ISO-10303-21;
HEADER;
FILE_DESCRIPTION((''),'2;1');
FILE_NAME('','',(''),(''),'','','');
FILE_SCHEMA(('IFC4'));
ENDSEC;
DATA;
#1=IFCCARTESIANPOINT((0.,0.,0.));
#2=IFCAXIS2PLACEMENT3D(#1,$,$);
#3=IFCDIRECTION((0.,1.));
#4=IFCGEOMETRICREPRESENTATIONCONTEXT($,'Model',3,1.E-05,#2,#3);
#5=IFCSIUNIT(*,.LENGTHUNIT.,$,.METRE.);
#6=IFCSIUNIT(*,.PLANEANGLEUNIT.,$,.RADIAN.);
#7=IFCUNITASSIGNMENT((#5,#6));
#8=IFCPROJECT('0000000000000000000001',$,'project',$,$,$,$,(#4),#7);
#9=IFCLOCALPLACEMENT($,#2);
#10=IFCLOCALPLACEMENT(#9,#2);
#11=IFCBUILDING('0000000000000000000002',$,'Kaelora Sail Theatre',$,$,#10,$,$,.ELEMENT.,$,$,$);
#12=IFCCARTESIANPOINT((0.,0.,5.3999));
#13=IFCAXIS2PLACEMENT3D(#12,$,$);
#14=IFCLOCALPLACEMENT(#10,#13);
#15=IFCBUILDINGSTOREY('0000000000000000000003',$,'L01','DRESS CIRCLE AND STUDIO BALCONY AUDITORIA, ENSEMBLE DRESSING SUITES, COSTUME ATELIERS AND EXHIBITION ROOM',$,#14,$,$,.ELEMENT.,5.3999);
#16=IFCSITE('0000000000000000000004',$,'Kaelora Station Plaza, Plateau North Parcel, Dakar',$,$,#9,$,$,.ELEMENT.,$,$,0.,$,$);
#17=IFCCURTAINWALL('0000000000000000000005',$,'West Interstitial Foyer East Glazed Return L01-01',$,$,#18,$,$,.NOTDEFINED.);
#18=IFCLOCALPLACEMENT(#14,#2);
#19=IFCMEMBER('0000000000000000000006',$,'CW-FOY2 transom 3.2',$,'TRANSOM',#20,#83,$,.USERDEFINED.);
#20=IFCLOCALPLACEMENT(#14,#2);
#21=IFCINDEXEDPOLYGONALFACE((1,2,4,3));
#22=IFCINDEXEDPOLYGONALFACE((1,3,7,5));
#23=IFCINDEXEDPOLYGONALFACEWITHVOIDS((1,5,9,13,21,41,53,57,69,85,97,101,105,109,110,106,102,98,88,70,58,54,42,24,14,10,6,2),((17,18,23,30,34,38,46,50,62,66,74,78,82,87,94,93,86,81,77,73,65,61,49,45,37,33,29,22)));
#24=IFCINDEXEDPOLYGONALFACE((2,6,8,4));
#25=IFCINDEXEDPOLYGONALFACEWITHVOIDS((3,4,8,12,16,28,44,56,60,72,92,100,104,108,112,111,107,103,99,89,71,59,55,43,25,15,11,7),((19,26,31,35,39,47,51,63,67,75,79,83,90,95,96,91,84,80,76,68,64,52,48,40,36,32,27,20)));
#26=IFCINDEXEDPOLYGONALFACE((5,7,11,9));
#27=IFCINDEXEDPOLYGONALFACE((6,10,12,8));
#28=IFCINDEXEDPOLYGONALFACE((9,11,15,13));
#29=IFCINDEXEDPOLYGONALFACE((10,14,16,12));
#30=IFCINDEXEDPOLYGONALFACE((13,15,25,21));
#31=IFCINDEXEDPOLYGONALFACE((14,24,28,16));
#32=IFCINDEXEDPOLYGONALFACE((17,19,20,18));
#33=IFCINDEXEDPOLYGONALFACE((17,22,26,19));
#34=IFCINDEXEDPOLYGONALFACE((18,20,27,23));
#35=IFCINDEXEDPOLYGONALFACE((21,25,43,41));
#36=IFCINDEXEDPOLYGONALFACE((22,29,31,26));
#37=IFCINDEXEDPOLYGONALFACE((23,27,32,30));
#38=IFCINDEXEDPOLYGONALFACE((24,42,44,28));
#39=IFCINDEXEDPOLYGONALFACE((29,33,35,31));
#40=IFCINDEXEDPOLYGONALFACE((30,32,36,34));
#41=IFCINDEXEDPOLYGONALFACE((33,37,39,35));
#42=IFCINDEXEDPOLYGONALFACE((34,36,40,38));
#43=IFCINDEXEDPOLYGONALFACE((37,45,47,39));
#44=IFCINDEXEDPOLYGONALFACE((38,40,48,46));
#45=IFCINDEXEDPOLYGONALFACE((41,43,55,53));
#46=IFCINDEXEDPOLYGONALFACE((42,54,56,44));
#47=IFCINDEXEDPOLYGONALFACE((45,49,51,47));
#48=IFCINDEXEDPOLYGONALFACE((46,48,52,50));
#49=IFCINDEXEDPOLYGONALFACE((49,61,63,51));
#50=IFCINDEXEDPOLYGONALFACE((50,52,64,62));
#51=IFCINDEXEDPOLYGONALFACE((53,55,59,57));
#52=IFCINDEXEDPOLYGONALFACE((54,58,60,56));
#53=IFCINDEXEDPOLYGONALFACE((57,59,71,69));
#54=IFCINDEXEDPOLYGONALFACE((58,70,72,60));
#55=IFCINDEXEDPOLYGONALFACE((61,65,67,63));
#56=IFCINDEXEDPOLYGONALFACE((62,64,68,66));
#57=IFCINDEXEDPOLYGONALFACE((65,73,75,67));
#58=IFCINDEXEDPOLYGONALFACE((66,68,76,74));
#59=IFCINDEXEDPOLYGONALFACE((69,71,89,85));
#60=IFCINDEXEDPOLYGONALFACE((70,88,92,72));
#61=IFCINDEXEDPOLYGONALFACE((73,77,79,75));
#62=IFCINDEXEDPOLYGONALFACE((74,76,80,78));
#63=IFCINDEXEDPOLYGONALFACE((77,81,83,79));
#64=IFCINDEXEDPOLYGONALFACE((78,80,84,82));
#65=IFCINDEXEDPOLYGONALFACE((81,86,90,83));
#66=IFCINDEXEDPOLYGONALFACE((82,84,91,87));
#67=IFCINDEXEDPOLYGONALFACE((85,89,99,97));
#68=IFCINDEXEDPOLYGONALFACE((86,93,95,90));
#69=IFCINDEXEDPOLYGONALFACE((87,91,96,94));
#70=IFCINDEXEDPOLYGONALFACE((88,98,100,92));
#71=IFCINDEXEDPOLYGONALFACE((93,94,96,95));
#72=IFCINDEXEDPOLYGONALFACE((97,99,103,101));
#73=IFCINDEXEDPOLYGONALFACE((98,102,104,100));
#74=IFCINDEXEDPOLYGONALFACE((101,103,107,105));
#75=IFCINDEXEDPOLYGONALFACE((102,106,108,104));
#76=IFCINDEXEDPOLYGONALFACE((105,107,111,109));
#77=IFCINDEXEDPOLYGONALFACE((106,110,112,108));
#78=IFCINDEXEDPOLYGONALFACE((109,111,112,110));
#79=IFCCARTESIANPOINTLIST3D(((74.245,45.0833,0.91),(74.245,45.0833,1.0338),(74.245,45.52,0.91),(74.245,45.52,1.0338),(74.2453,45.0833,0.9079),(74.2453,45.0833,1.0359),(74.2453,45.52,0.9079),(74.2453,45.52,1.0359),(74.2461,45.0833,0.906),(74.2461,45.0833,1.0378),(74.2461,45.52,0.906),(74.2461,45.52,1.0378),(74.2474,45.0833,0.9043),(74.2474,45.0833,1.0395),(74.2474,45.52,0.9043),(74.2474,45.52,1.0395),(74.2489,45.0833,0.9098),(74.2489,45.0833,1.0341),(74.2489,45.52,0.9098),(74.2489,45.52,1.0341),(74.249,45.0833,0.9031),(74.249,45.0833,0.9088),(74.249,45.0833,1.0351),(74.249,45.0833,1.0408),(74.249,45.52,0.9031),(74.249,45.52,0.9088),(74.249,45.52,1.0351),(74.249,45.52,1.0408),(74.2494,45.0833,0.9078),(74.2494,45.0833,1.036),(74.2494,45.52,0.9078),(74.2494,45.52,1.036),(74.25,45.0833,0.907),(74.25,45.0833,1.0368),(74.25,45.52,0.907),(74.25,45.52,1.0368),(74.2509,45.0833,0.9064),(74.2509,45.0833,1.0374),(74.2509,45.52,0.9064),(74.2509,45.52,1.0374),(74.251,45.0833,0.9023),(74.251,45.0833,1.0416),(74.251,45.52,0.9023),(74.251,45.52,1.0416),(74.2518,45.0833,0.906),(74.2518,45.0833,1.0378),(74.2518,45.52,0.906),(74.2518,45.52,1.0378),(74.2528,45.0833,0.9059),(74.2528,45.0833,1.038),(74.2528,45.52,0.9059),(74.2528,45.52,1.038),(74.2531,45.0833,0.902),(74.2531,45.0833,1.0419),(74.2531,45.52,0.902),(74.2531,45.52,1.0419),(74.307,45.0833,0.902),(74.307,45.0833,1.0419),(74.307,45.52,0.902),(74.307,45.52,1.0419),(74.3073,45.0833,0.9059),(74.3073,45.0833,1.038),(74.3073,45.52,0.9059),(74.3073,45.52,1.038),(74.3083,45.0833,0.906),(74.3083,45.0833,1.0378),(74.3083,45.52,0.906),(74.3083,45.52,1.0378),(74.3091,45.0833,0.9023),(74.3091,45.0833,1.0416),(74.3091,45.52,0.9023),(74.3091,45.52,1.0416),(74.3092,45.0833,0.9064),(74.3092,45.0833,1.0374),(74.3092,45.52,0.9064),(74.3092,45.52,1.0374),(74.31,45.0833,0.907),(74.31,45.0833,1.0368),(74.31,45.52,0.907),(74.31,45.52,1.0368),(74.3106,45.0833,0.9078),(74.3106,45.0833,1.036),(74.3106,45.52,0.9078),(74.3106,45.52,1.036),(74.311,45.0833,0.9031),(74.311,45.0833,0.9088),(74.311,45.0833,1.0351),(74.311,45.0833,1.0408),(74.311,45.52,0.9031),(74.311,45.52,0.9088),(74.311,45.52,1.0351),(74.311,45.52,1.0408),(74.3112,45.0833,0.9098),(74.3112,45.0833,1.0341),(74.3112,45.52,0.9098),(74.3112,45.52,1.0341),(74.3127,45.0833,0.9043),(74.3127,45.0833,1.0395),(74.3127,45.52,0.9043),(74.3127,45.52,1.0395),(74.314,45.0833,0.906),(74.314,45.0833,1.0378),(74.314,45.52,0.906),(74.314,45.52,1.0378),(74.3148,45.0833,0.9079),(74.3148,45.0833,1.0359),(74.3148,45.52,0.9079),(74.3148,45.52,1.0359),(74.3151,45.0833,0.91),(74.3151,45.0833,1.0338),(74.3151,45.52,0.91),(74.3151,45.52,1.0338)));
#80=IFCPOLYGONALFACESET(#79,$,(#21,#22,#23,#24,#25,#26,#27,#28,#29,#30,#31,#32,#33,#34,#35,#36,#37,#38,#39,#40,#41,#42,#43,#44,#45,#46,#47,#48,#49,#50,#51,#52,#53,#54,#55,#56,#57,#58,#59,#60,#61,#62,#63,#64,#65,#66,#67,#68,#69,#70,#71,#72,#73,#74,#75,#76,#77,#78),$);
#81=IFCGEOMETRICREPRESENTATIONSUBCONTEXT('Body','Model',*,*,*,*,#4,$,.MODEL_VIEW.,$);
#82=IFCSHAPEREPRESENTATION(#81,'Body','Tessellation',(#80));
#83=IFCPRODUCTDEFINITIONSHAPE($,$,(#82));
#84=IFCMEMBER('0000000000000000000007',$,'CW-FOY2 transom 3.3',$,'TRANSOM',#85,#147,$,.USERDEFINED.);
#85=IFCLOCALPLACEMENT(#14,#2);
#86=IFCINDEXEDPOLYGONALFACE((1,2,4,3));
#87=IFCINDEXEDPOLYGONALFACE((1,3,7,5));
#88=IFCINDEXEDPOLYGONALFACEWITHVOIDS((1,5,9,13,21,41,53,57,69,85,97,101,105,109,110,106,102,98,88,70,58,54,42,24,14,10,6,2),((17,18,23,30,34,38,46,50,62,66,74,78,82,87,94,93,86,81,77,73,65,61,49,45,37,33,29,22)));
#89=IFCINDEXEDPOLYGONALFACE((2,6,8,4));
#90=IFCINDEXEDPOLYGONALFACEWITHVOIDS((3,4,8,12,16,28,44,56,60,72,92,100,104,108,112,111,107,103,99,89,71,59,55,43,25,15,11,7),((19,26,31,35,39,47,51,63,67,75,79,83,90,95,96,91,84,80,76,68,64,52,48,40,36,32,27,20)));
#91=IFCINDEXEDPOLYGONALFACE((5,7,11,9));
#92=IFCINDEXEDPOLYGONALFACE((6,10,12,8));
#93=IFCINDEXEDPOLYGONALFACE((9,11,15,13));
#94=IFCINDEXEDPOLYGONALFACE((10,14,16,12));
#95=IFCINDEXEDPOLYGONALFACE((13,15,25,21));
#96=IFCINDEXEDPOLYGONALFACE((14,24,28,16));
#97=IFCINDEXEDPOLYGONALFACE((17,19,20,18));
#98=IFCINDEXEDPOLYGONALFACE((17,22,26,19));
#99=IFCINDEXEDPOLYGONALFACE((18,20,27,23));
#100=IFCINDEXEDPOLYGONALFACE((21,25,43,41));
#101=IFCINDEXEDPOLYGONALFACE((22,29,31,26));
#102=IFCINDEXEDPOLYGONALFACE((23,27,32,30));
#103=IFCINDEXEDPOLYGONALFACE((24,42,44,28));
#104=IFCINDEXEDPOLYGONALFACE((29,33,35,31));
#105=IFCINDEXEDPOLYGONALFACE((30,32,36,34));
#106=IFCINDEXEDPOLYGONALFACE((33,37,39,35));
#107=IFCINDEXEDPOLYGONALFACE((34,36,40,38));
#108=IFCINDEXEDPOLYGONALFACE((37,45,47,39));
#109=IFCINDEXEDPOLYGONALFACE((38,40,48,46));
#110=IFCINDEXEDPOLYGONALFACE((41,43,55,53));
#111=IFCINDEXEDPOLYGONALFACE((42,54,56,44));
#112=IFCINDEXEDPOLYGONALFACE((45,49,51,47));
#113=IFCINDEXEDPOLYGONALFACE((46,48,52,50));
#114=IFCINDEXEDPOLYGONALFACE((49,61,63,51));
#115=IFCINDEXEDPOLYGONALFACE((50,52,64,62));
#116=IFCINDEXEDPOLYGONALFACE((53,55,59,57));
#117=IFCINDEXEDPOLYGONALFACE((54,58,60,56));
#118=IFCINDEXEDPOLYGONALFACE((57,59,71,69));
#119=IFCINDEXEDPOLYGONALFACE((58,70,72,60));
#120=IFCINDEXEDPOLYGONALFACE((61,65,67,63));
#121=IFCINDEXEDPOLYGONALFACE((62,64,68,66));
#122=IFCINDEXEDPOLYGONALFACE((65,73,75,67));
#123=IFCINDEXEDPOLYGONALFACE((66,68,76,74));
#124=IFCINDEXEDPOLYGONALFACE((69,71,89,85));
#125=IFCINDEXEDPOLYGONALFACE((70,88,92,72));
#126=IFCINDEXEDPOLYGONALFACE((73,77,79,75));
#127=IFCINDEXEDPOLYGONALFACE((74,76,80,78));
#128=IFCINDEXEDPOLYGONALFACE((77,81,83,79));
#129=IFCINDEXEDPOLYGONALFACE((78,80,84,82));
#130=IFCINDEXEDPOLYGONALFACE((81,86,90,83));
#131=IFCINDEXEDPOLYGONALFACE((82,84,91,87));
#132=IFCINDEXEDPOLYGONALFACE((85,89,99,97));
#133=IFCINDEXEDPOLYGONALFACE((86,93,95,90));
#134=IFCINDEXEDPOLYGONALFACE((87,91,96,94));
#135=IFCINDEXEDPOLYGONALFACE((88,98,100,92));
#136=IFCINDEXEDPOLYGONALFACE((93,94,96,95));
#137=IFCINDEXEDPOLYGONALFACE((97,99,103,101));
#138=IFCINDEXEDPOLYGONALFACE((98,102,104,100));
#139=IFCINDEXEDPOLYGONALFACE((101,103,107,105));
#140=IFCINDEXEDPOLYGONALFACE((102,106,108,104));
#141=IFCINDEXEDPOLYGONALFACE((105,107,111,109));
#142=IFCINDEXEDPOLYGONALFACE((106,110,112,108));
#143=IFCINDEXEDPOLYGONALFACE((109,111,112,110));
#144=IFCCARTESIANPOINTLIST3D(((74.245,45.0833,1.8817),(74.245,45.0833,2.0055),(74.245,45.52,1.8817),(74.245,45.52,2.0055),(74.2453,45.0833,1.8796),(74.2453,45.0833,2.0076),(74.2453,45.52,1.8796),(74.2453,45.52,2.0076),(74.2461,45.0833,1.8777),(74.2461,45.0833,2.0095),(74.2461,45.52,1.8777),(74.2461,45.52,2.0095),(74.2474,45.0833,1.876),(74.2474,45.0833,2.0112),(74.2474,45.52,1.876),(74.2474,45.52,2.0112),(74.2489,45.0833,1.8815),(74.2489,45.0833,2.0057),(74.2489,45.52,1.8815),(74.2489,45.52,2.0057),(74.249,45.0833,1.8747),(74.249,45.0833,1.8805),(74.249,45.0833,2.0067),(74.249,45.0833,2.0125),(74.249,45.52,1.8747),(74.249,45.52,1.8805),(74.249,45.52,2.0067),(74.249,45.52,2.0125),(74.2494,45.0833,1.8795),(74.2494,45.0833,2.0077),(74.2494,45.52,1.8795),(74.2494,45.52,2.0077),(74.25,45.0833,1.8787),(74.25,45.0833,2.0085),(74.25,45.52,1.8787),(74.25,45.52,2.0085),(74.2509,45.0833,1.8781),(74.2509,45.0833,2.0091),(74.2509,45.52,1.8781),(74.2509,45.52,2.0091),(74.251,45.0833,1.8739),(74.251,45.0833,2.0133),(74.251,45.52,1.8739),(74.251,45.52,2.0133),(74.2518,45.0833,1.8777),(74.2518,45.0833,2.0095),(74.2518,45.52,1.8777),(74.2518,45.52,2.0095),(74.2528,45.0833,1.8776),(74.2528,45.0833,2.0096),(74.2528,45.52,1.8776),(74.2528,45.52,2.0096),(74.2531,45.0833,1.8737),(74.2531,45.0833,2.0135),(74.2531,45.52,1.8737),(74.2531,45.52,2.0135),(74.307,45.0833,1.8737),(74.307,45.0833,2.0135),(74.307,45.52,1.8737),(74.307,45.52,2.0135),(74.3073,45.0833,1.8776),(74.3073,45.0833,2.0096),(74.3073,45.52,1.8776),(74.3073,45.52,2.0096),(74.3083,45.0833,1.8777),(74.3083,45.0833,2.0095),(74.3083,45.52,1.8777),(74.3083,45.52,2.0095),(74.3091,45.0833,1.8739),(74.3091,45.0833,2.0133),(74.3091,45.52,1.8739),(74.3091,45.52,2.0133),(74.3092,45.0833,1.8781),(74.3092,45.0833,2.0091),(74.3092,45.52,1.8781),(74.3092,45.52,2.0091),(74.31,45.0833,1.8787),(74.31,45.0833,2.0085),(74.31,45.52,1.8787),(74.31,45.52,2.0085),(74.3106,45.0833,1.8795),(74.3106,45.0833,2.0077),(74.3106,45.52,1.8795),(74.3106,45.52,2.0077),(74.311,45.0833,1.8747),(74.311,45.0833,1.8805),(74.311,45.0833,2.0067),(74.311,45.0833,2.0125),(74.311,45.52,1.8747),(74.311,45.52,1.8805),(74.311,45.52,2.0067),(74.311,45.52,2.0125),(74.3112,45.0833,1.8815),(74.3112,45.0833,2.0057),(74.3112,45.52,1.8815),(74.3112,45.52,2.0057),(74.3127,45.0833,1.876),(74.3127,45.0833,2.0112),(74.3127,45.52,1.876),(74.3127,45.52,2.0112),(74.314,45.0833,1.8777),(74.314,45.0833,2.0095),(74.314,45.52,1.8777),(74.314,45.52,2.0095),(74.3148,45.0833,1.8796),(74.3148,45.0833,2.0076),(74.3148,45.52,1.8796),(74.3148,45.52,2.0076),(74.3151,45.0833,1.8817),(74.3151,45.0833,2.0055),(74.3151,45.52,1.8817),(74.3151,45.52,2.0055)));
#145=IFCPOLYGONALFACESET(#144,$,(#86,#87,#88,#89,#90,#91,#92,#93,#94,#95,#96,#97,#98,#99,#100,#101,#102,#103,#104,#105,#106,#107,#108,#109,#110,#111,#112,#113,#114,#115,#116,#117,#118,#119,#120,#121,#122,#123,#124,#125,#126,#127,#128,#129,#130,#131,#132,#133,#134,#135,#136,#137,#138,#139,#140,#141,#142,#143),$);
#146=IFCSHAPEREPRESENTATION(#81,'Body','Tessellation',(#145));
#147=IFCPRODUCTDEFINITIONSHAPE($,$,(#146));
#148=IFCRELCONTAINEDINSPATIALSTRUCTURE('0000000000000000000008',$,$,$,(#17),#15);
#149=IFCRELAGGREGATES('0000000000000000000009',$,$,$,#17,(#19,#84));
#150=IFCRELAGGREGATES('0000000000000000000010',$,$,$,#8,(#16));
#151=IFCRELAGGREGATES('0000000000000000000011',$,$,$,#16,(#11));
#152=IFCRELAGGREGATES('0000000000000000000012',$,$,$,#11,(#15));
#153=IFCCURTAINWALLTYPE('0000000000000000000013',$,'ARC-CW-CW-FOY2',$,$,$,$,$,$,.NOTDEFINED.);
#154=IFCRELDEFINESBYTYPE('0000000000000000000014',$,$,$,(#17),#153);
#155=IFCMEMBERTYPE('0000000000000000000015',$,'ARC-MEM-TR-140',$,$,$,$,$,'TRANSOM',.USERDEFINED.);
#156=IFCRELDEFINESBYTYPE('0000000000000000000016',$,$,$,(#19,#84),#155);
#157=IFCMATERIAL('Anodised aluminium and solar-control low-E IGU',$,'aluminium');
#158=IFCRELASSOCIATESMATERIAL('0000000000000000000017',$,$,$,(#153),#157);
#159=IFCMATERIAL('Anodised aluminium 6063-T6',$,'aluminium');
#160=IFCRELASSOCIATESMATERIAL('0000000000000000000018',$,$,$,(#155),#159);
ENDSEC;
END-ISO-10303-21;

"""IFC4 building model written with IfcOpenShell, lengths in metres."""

from ifc_helpers import new_model, si_unit, direction, frame, origin, origin_2d, place, context, subcontext, project, spatial, hollow_rectangle, extrude, material, material_profile, profile_set, type_object, element, aggregate, save


model = new_model("IFC4")

# Units and contexts
model_context = context("Model", 3, precision=1e-05, world=origin(), true_north=direction((0.0, 1.0)))
body_context = subcontext(model_context, "Body", "Model", "MODEL_VIEW")
ifc_project = project(units=[si_unit("LENGTHUNIT", "METRE"), si_unit("PLANEANGLEUNIT", "RADIAN")], contexts=[model_context])

# Site, building, storey
site_placement = place(None, origin())
site = spatial("IfcSite", under=ifc_project, at=site_placement, Name="Kaelora Station Plaza, Plateau North Parcel, Dakar", CompositionType="ELEMENT", RefElevation=0.0)
building_placement = place(site_placement, origin())
building = spatial("IfcBuilding", under=site, at=building_placement, Name="Kaelora Sail Theatre", CompositionType="ELEMENT")
storey_placement = place(building_placement, frame((0.0, 0.0, 5.3999)))
storey = spatial("IfcBuildingStorey", under=building, at=storey_placement, Name="L01", Description="DRESS CIRCLE AND STUDIO BALCONY AUDITORIA, ENSEMBLE DRESSING SUITES, COSTUME ATELIERS AND EXHIBITION ROOM", CompositionType="ELEMENT", Elevation=5.3999)

# Curtain wall, members
ifc_material_1 = material(Name="Anodised aluminium and solar-control low-E IGU", Category="aluminium")
curtain_wall_type = type_object("IfcCurtainWallType", Name="ARC-CW-CW-FOY2", PredefinedType="NOTDEFINED", material=ifc_material_1)
curtain_wall_placement = place(storey_placement, origin())
curtain_wall = element("IfcCurtainWall", 1, at=curtain_wall_placement, inside=storey, type_object=curtain_wall_type, Name="West Interstitial Foyer East Glazed Return L01-01", PredefinedType="NOTDEFINED")
ifc_material_2 = material(Name="Anodised aluminium 6063-T6", Category="aluminium")
ifc_material_profile_1 = material_profile(ifc_material_2, hollow_rectangle(XDim=0.0701, YDim=0.1399, WallThickness=0.0039, InnerFilletRadius=0.0039, OuterFilletRadius=0.0081, at=origin_2d()), Name="ALU-TRAN 70x140x4")
ifc_profile_set_1 = profile_set([ifc_material_profile_1], Name="Anodised aluminium 6063-T6")
member_type_1 = type_object("IfcMemberType", Name="ARC-MEM-TR-140", ElementType="TRANSOM", PredefinedType="USERDEFINED", material=ifc_profile_set_1)
member_1_placement = place(storey_placement, frame((74.28, 45.0833, 0.9719), z_axis=(0.0, 1.0, 0.0), x_axis=(-1.0, 0.0, 0.0)))
member_1 = element("IfcMember", 2, at=member_1_placement, type_object=member_type_1, Name="CW-FOY2 transom 3.2", ObjectType="TRANSOM", PredefinedType="USERDEFINED", context=body_context, shape_type="SweptSolid", body=[
    extrude(hollow_rectangle(XDim=0.0701, YDim=0.1399, WallThickness=0.0039, InnerFilletRadius=0.0039, OuterFilletRadius=0.0081, at=origin_2d()), origin(), (0.0, 0.0, 1.0), 0.4368),
])
member_2_placement = place(storey_placement, frame((74.28, 45.0833, 1.9436), z_axis=(0.0, 1.0, 0.0), x_axis=(-1.0, 0.0, 0.0)))
member_2 = element("IfcMember", 3, at=member_2_placement, type_object=member_type_1, Name="CW-FOY2 transom 3.3", ObjectType="TRANSOM", PredefinedType="USERDEFINED", context=body_context, shape_type="SweptSolid", body=[
    extrude(hollow_rectangle(XDim=0.0701, YDim=0.1399, WallThickness=0.0039, InnerFilletRadius=0.0039, OuterFilletRadius=0.0081, at=origin_2d()), origin(), (0.0, 0.0, 1.0), 0.4368),
])

aggregate(curtain_wall, [member_1, member_2])

save(model, "model.ifc")
